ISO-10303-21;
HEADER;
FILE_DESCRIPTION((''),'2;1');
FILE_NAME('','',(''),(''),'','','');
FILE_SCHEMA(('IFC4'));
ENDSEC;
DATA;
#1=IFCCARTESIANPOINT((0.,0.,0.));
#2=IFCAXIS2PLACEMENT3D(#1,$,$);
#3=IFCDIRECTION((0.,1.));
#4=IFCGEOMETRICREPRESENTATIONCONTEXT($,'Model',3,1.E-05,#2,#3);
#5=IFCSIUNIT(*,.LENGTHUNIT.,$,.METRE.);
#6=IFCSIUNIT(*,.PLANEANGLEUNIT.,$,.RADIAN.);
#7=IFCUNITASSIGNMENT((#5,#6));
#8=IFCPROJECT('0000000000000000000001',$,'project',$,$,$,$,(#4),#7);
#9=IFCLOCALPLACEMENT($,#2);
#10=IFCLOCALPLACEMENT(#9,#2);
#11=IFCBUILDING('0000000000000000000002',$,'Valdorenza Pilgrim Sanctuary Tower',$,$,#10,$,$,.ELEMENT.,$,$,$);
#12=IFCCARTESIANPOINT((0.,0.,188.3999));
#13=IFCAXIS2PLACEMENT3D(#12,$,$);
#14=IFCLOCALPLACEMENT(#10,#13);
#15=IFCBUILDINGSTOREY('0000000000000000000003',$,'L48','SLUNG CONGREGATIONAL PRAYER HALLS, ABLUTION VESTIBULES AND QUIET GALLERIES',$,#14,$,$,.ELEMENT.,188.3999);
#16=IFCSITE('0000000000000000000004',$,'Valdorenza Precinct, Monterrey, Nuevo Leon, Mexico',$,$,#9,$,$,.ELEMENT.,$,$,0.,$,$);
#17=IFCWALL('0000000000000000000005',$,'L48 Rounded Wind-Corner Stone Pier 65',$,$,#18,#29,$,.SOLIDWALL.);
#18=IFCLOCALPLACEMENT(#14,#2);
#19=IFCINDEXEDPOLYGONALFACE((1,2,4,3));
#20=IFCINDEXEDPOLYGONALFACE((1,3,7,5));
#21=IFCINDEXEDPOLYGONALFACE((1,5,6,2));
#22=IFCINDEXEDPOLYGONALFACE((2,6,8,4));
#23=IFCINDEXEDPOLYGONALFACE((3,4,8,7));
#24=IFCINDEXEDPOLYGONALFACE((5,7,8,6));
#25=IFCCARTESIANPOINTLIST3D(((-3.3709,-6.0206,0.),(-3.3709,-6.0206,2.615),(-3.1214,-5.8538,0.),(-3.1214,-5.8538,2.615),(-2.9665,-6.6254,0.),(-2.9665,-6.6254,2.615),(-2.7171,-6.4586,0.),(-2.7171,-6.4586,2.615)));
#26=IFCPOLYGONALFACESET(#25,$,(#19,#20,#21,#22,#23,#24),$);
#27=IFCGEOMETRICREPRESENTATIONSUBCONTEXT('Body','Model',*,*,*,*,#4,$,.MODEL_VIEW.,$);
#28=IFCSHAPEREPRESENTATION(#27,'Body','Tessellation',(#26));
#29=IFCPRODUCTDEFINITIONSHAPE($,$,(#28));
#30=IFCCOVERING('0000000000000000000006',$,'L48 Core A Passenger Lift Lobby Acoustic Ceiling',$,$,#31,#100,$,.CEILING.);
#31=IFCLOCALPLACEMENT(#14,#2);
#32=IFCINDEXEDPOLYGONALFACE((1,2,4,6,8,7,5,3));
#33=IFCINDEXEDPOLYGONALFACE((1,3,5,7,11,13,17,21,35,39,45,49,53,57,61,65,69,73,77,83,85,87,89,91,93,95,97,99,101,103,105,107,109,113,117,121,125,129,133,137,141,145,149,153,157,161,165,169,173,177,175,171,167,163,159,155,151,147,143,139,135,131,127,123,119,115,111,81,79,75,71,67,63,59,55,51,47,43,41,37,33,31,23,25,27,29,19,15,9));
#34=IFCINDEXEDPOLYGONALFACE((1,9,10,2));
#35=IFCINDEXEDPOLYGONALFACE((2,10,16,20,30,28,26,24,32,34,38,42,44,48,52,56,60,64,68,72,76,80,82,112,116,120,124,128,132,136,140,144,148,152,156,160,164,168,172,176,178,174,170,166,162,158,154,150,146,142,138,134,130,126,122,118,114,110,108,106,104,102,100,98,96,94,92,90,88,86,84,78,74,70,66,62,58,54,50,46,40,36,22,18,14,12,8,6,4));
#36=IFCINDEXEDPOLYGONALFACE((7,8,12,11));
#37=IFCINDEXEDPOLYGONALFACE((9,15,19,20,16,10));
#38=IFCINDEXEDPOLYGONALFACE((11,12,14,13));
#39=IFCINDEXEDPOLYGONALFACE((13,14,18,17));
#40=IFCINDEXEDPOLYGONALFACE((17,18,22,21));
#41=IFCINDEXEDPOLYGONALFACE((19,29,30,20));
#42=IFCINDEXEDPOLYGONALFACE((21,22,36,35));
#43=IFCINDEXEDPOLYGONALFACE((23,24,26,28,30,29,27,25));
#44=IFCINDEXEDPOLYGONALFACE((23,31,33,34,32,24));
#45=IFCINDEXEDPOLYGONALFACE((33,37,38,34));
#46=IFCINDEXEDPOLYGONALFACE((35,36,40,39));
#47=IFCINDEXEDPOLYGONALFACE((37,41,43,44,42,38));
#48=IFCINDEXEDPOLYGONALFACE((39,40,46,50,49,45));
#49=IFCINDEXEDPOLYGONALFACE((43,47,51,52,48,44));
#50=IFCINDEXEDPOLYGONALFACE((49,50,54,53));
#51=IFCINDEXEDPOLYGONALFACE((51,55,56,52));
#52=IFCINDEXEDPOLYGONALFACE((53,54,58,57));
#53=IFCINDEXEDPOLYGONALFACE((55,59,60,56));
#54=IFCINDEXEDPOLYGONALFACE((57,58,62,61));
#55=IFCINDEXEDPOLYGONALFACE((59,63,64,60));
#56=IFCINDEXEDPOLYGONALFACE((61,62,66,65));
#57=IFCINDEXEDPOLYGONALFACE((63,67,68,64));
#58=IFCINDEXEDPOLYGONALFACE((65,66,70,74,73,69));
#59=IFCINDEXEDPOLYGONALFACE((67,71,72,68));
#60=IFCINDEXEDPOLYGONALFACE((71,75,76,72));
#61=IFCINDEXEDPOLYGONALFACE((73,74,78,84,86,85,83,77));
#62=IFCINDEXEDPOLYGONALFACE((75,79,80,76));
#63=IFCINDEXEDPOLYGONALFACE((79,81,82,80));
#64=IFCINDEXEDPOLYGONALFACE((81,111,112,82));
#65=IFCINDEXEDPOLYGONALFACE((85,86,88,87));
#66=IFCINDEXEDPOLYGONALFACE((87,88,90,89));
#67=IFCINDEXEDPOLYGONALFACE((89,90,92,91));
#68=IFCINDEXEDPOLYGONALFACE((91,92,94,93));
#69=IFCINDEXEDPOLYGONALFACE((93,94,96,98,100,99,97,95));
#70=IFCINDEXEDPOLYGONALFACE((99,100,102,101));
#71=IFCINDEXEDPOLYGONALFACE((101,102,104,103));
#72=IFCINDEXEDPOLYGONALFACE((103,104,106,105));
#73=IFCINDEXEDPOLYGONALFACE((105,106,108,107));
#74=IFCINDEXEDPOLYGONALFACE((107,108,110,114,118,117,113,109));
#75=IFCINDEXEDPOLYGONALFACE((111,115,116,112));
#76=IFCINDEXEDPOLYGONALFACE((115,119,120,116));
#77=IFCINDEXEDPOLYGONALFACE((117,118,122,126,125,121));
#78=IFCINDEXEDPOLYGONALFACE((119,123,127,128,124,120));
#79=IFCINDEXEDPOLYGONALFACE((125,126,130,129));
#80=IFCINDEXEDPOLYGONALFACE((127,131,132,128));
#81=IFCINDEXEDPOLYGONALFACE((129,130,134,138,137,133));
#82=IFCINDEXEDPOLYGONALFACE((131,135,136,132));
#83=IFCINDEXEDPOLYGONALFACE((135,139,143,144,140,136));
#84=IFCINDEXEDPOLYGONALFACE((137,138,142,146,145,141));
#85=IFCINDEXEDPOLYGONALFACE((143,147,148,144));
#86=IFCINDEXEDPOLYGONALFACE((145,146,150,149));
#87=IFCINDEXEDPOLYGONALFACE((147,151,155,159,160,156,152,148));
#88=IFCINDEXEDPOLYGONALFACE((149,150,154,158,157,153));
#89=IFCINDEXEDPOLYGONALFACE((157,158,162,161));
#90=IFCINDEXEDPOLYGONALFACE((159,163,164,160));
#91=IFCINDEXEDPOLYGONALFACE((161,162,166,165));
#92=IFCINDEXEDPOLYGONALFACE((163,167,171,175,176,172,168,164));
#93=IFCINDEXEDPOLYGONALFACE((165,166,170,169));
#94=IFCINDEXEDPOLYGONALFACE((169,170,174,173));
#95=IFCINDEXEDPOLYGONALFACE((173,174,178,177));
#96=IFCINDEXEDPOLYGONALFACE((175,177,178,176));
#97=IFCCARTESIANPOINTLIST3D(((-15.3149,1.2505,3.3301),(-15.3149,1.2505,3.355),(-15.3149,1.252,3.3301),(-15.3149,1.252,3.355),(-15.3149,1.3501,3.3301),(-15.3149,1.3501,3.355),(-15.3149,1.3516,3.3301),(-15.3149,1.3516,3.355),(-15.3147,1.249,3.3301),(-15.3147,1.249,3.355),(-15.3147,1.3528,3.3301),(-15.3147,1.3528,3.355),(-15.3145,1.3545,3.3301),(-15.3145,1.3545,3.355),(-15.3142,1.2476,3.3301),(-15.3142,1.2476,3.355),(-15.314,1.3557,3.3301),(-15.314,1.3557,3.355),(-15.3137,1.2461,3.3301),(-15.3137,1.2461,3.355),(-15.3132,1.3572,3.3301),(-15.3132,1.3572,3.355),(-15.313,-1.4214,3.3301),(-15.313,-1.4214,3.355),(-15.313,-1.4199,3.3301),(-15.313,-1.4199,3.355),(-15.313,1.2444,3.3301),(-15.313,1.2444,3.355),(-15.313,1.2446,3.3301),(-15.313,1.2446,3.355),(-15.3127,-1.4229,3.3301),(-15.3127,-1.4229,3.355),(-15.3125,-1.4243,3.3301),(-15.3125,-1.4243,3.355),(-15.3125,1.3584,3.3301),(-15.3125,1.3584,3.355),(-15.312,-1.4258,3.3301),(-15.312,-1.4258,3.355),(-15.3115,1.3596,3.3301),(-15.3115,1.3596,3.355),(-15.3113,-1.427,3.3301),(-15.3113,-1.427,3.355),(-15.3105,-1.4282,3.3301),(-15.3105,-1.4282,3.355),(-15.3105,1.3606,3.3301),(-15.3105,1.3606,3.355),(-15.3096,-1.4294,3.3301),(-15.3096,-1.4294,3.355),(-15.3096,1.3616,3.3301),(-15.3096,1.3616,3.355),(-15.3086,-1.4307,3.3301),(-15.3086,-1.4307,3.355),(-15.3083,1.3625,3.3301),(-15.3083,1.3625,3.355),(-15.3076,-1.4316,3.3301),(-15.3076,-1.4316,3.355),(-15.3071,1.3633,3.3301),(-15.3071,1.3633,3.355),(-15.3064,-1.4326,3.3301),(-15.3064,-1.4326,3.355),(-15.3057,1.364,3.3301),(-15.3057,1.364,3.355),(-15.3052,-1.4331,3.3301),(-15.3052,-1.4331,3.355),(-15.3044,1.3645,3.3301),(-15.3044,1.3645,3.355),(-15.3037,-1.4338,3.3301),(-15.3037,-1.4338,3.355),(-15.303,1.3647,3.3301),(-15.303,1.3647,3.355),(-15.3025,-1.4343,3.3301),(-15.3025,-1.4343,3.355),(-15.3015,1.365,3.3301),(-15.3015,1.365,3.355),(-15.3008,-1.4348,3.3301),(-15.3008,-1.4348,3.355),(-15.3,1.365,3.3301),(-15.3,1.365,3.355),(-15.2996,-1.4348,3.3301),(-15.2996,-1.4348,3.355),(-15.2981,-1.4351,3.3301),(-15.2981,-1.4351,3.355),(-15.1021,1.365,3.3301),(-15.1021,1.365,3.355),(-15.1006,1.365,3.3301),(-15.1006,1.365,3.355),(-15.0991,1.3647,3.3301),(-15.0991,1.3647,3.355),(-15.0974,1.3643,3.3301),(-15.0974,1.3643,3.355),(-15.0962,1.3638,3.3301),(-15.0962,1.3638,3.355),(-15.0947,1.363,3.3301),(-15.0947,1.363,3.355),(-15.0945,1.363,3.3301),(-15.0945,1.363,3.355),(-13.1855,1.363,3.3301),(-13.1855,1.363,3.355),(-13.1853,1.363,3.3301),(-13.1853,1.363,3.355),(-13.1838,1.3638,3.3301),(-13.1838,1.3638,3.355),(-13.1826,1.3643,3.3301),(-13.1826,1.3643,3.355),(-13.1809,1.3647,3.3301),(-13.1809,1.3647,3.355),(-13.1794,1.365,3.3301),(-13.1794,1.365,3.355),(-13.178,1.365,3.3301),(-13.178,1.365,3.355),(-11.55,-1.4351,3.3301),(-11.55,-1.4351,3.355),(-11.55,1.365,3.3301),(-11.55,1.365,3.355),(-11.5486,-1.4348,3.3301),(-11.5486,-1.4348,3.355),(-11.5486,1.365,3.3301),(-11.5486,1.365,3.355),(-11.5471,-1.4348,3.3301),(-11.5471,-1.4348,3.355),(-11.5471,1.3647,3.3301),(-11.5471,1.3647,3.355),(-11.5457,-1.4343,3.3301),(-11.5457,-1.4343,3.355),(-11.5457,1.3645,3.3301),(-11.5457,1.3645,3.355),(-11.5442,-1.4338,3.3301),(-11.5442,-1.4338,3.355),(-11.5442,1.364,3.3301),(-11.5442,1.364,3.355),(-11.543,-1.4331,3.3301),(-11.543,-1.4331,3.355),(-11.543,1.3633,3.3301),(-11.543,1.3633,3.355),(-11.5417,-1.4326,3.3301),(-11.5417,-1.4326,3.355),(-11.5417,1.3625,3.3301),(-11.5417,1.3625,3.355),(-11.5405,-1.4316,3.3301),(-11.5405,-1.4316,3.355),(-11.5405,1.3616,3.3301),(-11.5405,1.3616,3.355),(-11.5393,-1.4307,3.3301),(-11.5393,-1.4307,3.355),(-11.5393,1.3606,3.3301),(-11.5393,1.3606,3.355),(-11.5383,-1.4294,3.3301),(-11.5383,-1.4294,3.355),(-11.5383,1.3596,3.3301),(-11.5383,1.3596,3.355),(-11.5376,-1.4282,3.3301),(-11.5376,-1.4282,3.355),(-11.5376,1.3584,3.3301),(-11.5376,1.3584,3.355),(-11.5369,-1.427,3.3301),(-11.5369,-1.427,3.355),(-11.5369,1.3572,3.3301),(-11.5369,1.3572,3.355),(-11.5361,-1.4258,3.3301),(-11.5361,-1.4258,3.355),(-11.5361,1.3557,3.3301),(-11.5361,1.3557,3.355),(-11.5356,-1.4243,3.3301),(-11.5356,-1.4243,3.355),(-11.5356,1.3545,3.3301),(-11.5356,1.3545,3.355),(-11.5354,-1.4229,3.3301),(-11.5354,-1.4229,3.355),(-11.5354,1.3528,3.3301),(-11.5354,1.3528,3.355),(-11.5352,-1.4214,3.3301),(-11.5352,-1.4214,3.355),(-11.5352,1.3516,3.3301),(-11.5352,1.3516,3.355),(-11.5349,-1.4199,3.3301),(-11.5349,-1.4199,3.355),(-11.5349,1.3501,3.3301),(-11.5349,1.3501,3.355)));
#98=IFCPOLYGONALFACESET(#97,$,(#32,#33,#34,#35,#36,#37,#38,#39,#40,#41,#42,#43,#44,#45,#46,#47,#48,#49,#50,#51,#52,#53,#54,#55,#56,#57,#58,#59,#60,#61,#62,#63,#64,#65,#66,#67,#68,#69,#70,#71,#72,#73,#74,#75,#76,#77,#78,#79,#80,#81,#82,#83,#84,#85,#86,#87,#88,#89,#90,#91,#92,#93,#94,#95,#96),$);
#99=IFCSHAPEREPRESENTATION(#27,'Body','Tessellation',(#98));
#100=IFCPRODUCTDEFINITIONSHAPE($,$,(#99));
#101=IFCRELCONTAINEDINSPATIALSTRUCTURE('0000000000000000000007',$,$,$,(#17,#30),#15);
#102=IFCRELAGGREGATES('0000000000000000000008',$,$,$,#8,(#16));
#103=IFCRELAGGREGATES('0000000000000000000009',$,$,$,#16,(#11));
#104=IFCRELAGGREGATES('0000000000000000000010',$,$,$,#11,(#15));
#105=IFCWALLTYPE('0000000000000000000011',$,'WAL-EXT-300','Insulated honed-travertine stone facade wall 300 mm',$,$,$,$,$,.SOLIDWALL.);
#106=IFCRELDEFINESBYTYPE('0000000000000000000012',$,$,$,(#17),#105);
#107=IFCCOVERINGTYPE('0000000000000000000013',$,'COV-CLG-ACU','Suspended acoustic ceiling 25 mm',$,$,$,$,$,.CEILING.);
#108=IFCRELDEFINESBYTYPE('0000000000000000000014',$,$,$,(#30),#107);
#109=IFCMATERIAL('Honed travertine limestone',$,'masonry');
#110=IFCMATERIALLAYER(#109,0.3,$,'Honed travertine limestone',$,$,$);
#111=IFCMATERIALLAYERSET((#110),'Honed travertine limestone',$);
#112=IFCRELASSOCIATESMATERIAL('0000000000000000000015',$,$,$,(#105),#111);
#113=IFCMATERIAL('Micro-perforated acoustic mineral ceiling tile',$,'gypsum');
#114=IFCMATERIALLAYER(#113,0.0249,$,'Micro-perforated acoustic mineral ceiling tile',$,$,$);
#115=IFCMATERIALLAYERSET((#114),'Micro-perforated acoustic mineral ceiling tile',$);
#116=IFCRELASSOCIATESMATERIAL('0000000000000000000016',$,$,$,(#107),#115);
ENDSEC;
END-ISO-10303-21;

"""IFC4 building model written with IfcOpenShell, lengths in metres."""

from ifc_helpers import new_model, si_unit, direction, frame, frame_2d, origin, place, context, subcontext, project, spatial, polyline, rectangle, outline, extrude, material, layer, layer_set, type_object, element, save


model = new_model("IFC4")

# Units and contexts
model_context = context("Model", 3, precision=1e-05, world=origin(), true_north=direction((0.0, 1.0)))
body_context = subcontext(model_context, "Body", "Model", "MODEL_VIEW")
ifc_project = project(units=[si_unit("LENGTHUNIT", "METRE"), si_unit("PLANEANGLEUNIT", "RADIAN")], contexts=[model_context])

# Site, building, storey
site_placement = place(None, origin())
site = spatial("IfcSite", under=ifc_project, at=site_placement, Name="Valdorenza Precinct, Monterrey, Nuevo Leon, Mexico", CompositionType="ELEMENT", RefElevation=0.0)
building_placement = place(site_placement, origin())
building = spatial("IfcBuilding", under=site, at=building_placement, Name="Valdorenza Pilgrim Sanctuary Tower", CompositionType="ELEMENT")
storey_placement = place(building_placement, frame((0.0, 0.0, 188.3999)))
storey = spatial("IfcBuildingStorey", under=building, at=storey_placement, Name="L48", Description="SLUNG CONGREGATIONAL PRAYER HALLS, ABLUTION VESTIBULES AND QUIET GALLERIES", CompositionType="ELEMENT", Elevation=188.3999)

# Wall
ifc_material_1 = material(Name="Honed travertine limestone", Category="masonry")
ifc_layer_1 = layer(ifc_material_1, 0.3, Name="Honed travertine limestone")
ifc_layer_set_1 = layer_set([ifc_layer_1], Name="Honed travertine limestone")
wall_type = type_object("IfcWallType", Name="WAL-EXT-300", Description="Insulated honed-travertine stone facade wall 300 mm", PredefinedType="SOLIDWALL", material=ifc_layer_set_1)
wall_1_placement = place(storey_placement, frame((-2.8418, -6.542, 0.0), z_axis=(0.0, 0.0, 1.0), x_axis=(-0.555784, 0.831327, 0.0)))
element("IfcWall", 1, at=wall_1_placement, inside=storey, type_object=wall_type, Name="L48 Rounded Wind-Corner Stone Pier 65", PredefinedType="SOLIDWALL", context=body_context, shape_type="SweptSolid", body=[
    extrude(rectangle(XDim=0.7275, YDim=0.3, at=frame_2d((0.3638, 0.0))), origin(), (0.0, 0.0, 1.0), 2.615),
])

# Covering
ifc_material_2 = material(Name="Micro-perforated acoustic mineral ceiling tile", Category="gypsum")
ifc_layer_2 = layer(ifc_material_2, 0.0249, Name="Micro-perforated acoustic mineral ceiling tile")
ifc_layer_set_2 = layer_set([ifc_layer_2], Name="Micro-perforated acoustic mineral ceiling tile")
covering_type_1 = type_object("IfcCoveringType", Name="COV-CLG-ACU", Description="Suspended acoustic ceiling 25 mm", PredefinedType="CEILING", material=ifc_layer_set_2)
covering_1_placement = place(storey_placement, frame((0.0, 0.0, 3.3301)))
element("IfcCovering", 2, at=covering_1_placement, inside=storey, type_object=covering_type_1, Name="L48 Core A Passenger Lift Lobby Acoustic Ceiling", PredefinedType="CEILING", context=body_context, shape_type="SweptSolid", body=[
    extrude(outline(polyline([(-15.313, 1.2444), (-15.313, 1.2446), (-15.3137, 1.2461), (-15.3142, 1.2476), (-15.3147, 1.249), (-15.3149, 1.2505), (-15.3149, 1.252), (-15.3149, 1.3501), (-15.3149, 1.3516), (-15.3147, 1.3528), (-15.3145, 1.3545), (-15.314, 1.3557), (-15.3132, 1.3572), (-15.3125, 1.3584), (-15.3115, 1.3596), (-15.3105, 1.3606), (-15.3096, 1.3616), (-15.3083, 1.3625), (-15.3071, 1.3633), (-15.3057, 1.364), (-15.3044, 1.3645), (-15.303, 1.3647), (-15.3015, 1.365), (-15.3, 1.365), (-15.1021, 1.365), (-15.1006, 1.365), (-15.0991, 1.3647), (-15.0974, 1.3643), (-15.0962, 1.3638), (-15.0947, 1.363), (-15.0945, 1.363), (-13.1855, 1.363), (-13.1853, 1.363), (-13.1838, 1.3638), (-13.1826, 1.3643), (-13.1809, 1.3647), (-13.1794, 1.365), (-13.178, 1.365), (-11.55, 1.365), (-11.5486, 1.365), (-11.5471, 1.3647), (-11.5457, 1.3645), (-11.5442, 1.364), (-11.543, 1.3633), (-11.5417, 1.3625), (-11.5405, 1.3616), (-11.5393, 1.3606), (-11.5383, 1.3596), (-11.5376, 1.3584), (-11.5369, 1.3572), (-11.5361, 1.3557), (-11.5356, 1.3545), (-11.5354, 1.3528), (-11.5352, 1.3516), (-11.5349, 1.3501), (-11.5349, -1.4199), (-11.5352, -1.4214), (-11.5354, -1.4229), (-11.5356, -1.4243), (-11.5361, -1.4258), (-11.5369, -1.427), (-11.5376, -1.4282), (-11.5383, -1.4294), (-11.5393, -1.4307), (-11.5405, -1.4316), (-11.5417, -1.4326), (-11.543, -1.4331), (-11.5442, -1.4338), (-11.5457, -1.4343), (-11.5471, -1.4348), (-11.5486, -1.4348), (-11.55, -1.4351), (-15.2981, -1.4351), (-15.2996, -1.4348), (-15.3008, -1.4348), (-15.3025, -1.4343), (-15.3037, -1.4338), (-15.3052, -1.4331), (-15.3064, -1.4326), (-15.3076, -1.4316), (-15.3086, -1.4307), (-15.3096, -1.4294), (-15.3105, -1.4282), (-15.3113, -1.427), (-15.312, -1.4258), (-15.3125, -1.4243), (-15.3127, -1.4229), (-15.313, -1.4214), (-15.313, -1.4199), (-15.313, 1.2444)])), origin(), (0.0, 0.0, 1.0), 0.0249),
])

save(model, "model.ifc")
